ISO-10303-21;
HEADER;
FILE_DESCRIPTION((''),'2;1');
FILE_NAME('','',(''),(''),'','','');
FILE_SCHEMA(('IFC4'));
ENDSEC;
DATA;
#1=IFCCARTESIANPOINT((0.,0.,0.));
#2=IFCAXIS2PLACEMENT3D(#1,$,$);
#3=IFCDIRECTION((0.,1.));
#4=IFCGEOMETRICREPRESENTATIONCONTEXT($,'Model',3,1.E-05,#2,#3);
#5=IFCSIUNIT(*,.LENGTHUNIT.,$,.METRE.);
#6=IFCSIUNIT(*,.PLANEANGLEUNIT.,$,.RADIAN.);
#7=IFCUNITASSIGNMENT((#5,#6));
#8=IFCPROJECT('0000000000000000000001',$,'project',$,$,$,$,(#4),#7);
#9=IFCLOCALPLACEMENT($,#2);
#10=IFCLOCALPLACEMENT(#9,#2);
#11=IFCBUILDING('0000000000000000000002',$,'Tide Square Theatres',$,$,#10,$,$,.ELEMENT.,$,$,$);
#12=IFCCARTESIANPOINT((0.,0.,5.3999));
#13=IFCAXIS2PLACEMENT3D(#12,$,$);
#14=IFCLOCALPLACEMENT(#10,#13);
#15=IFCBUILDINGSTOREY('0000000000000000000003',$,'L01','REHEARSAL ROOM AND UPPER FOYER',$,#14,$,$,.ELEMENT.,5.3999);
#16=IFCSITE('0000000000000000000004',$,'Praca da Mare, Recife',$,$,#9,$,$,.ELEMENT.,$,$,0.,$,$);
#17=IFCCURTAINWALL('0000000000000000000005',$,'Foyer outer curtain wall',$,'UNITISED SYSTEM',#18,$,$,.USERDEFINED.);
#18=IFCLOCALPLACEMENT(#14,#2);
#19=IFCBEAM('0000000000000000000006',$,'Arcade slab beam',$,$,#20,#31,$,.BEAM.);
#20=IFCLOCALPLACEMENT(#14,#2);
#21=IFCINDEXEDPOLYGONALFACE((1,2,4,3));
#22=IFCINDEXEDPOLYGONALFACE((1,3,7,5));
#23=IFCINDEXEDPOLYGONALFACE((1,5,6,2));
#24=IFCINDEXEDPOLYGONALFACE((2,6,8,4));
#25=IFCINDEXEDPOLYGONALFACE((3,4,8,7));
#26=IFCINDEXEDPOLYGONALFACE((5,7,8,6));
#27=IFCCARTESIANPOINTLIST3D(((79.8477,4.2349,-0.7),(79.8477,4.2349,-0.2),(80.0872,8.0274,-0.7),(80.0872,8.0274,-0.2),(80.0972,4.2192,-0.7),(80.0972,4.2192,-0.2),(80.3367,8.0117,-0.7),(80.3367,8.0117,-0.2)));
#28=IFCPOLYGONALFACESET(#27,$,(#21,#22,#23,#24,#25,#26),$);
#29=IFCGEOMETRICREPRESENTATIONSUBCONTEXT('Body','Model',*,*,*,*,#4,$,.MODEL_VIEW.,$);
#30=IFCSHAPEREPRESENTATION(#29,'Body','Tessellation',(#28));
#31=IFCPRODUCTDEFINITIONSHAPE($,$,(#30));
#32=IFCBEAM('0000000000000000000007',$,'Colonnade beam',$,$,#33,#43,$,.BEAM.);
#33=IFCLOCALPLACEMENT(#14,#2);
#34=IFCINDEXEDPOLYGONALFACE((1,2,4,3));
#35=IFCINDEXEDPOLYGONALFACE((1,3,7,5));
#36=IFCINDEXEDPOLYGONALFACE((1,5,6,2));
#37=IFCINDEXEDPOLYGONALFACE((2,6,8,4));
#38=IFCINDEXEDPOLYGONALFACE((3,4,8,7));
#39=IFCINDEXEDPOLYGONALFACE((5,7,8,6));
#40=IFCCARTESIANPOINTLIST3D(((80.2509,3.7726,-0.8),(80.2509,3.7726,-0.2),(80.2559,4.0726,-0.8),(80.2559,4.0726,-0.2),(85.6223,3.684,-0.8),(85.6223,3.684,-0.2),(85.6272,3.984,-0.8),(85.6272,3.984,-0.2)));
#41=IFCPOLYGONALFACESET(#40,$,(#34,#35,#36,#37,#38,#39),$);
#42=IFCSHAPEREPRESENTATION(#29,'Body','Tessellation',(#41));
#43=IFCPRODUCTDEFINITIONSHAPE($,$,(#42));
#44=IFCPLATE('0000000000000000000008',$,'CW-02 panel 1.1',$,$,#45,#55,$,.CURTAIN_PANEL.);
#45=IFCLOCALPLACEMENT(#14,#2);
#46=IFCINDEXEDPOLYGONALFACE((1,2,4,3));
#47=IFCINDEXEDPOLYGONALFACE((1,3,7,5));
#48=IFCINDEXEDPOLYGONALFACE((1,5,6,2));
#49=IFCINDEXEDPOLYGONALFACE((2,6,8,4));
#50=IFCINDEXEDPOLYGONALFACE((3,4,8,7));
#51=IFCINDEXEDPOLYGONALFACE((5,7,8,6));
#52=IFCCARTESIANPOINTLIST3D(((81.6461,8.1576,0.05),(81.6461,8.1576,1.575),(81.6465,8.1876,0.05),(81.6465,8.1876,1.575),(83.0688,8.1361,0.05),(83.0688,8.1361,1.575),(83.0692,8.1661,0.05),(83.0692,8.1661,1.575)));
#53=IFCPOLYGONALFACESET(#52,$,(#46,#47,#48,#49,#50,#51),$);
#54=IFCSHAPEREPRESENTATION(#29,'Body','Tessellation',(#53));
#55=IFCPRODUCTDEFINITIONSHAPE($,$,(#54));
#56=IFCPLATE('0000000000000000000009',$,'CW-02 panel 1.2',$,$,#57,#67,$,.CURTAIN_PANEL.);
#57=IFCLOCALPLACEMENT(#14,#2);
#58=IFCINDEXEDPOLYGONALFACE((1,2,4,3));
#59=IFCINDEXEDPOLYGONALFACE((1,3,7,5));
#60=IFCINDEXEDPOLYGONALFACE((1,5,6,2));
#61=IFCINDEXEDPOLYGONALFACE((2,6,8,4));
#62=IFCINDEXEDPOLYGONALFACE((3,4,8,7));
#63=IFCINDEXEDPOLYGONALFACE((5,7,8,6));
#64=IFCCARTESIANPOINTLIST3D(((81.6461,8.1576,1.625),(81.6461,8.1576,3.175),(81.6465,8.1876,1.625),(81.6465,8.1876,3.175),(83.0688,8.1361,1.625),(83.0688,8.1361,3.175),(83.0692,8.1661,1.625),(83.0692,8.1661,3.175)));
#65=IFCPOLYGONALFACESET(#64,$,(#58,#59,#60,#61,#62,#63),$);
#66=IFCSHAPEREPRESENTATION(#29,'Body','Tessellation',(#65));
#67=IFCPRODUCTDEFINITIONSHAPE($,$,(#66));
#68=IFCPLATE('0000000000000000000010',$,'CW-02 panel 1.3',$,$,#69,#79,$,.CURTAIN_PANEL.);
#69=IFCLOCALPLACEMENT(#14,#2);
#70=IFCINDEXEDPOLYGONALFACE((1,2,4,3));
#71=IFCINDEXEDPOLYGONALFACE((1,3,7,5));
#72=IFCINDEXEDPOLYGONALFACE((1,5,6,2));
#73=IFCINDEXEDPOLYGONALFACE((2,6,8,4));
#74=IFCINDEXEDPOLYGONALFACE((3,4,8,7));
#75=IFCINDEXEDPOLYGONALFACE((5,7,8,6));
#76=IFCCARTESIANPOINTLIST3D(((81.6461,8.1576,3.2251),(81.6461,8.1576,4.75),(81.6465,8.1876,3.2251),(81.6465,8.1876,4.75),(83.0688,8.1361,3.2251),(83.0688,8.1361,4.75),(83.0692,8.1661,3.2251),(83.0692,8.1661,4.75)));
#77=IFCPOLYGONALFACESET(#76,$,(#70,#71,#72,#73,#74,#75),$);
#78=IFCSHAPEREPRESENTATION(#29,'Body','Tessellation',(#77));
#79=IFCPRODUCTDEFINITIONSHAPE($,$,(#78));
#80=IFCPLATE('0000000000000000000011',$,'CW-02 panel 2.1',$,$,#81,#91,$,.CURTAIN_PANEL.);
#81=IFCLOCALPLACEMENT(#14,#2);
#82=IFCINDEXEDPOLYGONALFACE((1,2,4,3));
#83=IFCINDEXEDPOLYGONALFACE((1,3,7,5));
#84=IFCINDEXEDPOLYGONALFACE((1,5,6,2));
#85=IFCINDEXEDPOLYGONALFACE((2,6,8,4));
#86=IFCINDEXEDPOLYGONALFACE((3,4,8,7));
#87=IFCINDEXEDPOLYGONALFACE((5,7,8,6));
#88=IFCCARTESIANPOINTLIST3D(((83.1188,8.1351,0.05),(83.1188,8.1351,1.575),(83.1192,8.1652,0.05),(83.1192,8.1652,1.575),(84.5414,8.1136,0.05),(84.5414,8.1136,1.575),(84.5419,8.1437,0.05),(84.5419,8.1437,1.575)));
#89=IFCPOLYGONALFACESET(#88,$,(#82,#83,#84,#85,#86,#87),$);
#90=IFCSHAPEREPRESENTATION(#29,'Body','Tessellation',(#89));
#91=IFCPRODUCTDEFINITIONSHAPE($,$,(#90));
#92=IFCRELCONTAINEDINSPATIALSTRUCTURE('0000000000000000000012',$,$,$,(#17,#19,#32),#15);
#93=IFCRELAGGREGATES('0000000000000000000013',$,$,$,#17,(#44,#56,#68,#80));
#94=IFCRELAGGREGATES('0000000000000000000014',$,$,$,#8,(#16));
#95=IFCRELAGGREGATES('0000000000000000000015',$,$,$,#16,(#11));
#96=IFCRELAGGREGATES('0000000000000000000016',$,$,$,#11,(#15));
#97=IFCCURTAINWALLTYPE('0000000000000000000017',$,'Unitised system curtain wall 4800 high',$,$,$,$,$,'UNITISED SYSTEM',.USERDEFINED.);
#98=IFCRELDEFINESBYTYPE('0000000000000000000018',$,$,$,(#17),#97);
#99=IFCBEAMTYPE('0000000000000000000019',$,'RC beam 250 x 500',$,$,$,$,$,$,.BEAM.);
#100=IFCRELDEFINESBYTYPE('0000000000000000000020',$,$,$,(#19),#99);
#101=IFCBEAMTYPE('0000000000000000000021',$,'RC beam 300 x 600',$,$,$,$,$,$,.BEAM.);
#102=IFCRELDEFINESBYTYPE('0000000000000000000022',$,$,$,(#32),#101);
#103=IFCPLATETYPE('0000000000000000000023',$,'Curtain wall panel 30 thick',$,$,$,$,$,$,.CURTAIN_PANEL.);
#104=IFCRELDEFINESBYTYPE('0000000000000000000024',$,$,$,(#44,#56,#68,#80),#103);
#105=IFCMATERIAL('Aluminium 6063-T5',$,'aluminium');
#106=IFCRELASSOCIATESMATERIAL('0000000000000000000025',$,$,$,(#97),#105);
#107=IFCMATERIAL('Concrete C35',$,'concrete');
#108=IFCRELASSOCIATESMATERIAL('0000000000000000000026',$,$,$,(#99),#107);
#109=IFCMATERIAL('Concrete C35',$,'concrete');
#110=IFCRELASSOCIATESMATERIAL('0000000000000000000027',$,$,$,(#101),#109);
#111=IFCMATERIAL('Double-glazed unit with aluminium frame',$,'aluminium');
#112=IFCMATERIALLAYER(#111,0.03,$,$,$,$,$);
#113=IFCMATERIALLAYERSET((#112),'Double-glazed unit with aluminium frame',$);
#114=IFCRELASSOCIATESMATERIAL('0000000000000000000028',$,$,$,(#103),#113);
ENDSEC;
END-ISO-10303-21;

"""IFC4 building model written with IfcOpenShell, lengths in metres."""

from ifc_helpers import new_model, si_unit, direction, frame, origin, origin_2d, place, context, subcontext, project, spatial, rectangle, extrude, material, layer, layer_set, material_profile, profile_set, type_object, element, aggregate, save


model = new_model("IFC4")

# Units and contexts
model_context = context("Model", 3, precision=1e-05, world=origin(), true_north=direction((0.0, 1.0)))
body_context = subcontext(model_context, "Body", "Model", "MODEL_VIEW")
ifc_project = project(units=[si_unit("LENGTHUNIT", "METRE"), si_unit("PLANEANGLEUNIT", "RADIAN")], contexts=[model_context])

# Site, building, storey
site_placement = place(None, origin())
site = spatial("IfcSite", under=ifc_project, at=site_placement, Name="Praca da Mare, Recife", CompositionType="ELEMENT", RefElevation=0.0)
building_placement = place(site_placement, origin())
building = spatial("IfcBuilding", under=site, at=building_placement, Name="Tide Square Theatres", CompositionType="ELEMENT")
storey_placement = place(building_placement, frame((0.0, 0.0, 5.3999)))
storey = spatial("IfcBuildingStorey", under=building, at=storey_placement, Name="L01", Description="REHEARSAL ROOM AND UPPER FOYER", CompositionType="ELEMENT", Elevation=5.3999)

# Curtain wall
ifc_material_1 = material(Name="Aluminium 6063-T5", Category="aluminium")
curtain_wall_type = type_object("IfcCurtainWallType", Name="Unitised system curtain wall 4800 high", ElementType="UNITISED SYSTEM", PredefinedType="USERDEFINED", material=ifc_material_1)
curtain_wall_placement = place(storey_placement, origin())
curtain_wall = element("IfcCurtainWall", 1, at=curtain_wall_placement, inside=storey, type_object=curtain_wall_type, Name="Foyer outer curtain wall", ObjectType="UNITISED SYSTEM", PredefinedType="USERDEFINED")

# Beams
ifc_material_2 = material(Name="Concrete C35", Category="concrete")
ifc_material_profile_1 = material_profile(ifc_material_2, rectangle(XDim=0.25, YDim=0.5, at=origin_2d()))
ifc_profile_set_1 = profile_set([ifc_material_profile_1], Name="Concrete C35")
beam_type_1 = type_object("IfcBeamType", Name="RC beam 250 x 500", PredefinedType="BEAM", material=ifc_profile_set_1)
beam_1_placement = place(storey_placement, frame((79.9724, 4.2271, -0.45), z_axis=(0.063026, 0.998012, 0.0), x_axis=(-0.998012, 0.063026, 0.0)))
element("IfcBeam", 2, at=beam_1_placement, inside=storey, type_object=beam_type_1, Name="Arcade slab beam", PredefinedType="BEAM", context=body_context, shape_type="SweptSolid", body=[
    extrude(rectangle(XDim=0.25, YDim=0.5, at=origin_2d()), origin(), (0.0, 0.0, 1.0), 3.8),
])
ifc_material_3 = material(Name="Concrete C35", Category="concrete")
ifc_material_profile_2 = material_profile(ifc_material_3, rectangle(XDim=0.3, YDim=0.6001, at=origin_2d()))
ifc_profile_set_2 = profile_set([ifc_material_profile_2], Name="Concrete C35")
beam_type_2 = type_object("IfcBeamType", Name="RC beam 300 x 600", PredefinedType="BEAM", material=ifc_profile_set_2)
beam_2_placement = place(storey_placement, frame((80.2534, 3.9226, -0.5), z_axis=(0.999864, -0.016497, 0.0), x_axis=(0.016497, 0.999864, 0.0)))
element("IfcBeam", 3, at=beam_2_placement, inside=storey, type_object=beam_type_2, Name="Colonnade beam", PredefinedType="BEAM", context=body_context, shape_type="SweptSolid", body=[
    extrude(rectangle(XDim=0.3, YDim=0.6001, at=origin_2d()), origin(), (0.0, 0.0, 1.0), 5.3721),
])

# Plates
ifc_material_4 = material(Name="Double-glazed unit with aluminium frame", Category="aluminium")
ifc_layer = layer(ifc_material_4, 0.03)
ifc_layer_set = layer_set([ifc_layer], Name="Double-glazed unit with aluminium frame")
plate_type = type_object("IfcPlateType", Name="Curtain wall panel 30 thick", PredefinedType="CURTAIN_PANEL", material=ifc_layer_set)
plate_1_placement = place(storey_placement, frame((82.3577, 8.1619, 0.05), z_axis=(0.0, 0.0, 1.0), x_axis=(0.999886, -0.01512, 0.0)))
plate_1 = element("IfcPlate", 4, at=plate_1_placement, type_object=plate_type, Name="CW-02 panel 1.1", PredefinedType="CURTAIN_PANEL", context=body_context, shape_type="SweptSolid", body=[
    extrude(rectangle(XDim=1.4229, YDim=0.03, at=origin_2d()), origin(), (0.0, 0.0, 1.0), 1.5249),
])
plate_2_placement = place(storey_placement, frame((82.3577, 8.1619, 1.625), z_axis=(0.0, 0.0, 1.0), x_axis=(0.999886, -0.01512, 0.0)))
plate_2 = element("IfcPlate", 5, at=plate_2_placement, type_object=plate_type, Name="CW-02 panel 1.2", PredefinedType="CURTAIN_PANEL", context=body_context, shape_type="SweptSolid", body=[
    extrude(rectangle(XDim=1.4229, YDim=0.03, at=origin_2d()), origin(), (0.0, 0.0, 1.0), 1.55),
])
plate_3_placement = place(storey_placement, frame((82.3577, 8.1619, 3.2251), z_axis=(0.0, 0.0, 1.0), x_axis=(0.999886, -0.01512, 0.0)))
plate_3 = element("IfcPlate", 6, at=plate_3_placement, type_object=plate_type, Name="CW-02 panel 1.3", PredefinedType="CURTAIN_PANEL", context=body_context, shape_type="SweptSolid", body=[
    extrude(rectangle(XDim=1.4229, YDim=0.03, at=origin_2d()), origin(), (0.0, 0.0, 1.0), 1.5249),
])
plate_4_placement = place(storey_placement, frame((83.8303, 8.1394, 0.05), z_axis=(0.0, 0.0, 1.0), x_axis=(0.999886, -0.01512, 0.0)))
plate_4 = element("IfcPlate", 7, at=plate_4_placement, type_object=plate_type, Name="CW-02 panel 2.1", PredefinedType="CURTAIN_PANEL", context=body_context, shape_type="SweptSolid", body=[
    extrude(rectangle(XDim=1.4229, YDim=0.03, at=origin_2d()), origin(), (0.0, 0.0, 1.0), 1.5249),
])
aggregate(curtain_wall, [plate_1, plate_2, plate_3, plate_4])

save(model, "model.ifc")
